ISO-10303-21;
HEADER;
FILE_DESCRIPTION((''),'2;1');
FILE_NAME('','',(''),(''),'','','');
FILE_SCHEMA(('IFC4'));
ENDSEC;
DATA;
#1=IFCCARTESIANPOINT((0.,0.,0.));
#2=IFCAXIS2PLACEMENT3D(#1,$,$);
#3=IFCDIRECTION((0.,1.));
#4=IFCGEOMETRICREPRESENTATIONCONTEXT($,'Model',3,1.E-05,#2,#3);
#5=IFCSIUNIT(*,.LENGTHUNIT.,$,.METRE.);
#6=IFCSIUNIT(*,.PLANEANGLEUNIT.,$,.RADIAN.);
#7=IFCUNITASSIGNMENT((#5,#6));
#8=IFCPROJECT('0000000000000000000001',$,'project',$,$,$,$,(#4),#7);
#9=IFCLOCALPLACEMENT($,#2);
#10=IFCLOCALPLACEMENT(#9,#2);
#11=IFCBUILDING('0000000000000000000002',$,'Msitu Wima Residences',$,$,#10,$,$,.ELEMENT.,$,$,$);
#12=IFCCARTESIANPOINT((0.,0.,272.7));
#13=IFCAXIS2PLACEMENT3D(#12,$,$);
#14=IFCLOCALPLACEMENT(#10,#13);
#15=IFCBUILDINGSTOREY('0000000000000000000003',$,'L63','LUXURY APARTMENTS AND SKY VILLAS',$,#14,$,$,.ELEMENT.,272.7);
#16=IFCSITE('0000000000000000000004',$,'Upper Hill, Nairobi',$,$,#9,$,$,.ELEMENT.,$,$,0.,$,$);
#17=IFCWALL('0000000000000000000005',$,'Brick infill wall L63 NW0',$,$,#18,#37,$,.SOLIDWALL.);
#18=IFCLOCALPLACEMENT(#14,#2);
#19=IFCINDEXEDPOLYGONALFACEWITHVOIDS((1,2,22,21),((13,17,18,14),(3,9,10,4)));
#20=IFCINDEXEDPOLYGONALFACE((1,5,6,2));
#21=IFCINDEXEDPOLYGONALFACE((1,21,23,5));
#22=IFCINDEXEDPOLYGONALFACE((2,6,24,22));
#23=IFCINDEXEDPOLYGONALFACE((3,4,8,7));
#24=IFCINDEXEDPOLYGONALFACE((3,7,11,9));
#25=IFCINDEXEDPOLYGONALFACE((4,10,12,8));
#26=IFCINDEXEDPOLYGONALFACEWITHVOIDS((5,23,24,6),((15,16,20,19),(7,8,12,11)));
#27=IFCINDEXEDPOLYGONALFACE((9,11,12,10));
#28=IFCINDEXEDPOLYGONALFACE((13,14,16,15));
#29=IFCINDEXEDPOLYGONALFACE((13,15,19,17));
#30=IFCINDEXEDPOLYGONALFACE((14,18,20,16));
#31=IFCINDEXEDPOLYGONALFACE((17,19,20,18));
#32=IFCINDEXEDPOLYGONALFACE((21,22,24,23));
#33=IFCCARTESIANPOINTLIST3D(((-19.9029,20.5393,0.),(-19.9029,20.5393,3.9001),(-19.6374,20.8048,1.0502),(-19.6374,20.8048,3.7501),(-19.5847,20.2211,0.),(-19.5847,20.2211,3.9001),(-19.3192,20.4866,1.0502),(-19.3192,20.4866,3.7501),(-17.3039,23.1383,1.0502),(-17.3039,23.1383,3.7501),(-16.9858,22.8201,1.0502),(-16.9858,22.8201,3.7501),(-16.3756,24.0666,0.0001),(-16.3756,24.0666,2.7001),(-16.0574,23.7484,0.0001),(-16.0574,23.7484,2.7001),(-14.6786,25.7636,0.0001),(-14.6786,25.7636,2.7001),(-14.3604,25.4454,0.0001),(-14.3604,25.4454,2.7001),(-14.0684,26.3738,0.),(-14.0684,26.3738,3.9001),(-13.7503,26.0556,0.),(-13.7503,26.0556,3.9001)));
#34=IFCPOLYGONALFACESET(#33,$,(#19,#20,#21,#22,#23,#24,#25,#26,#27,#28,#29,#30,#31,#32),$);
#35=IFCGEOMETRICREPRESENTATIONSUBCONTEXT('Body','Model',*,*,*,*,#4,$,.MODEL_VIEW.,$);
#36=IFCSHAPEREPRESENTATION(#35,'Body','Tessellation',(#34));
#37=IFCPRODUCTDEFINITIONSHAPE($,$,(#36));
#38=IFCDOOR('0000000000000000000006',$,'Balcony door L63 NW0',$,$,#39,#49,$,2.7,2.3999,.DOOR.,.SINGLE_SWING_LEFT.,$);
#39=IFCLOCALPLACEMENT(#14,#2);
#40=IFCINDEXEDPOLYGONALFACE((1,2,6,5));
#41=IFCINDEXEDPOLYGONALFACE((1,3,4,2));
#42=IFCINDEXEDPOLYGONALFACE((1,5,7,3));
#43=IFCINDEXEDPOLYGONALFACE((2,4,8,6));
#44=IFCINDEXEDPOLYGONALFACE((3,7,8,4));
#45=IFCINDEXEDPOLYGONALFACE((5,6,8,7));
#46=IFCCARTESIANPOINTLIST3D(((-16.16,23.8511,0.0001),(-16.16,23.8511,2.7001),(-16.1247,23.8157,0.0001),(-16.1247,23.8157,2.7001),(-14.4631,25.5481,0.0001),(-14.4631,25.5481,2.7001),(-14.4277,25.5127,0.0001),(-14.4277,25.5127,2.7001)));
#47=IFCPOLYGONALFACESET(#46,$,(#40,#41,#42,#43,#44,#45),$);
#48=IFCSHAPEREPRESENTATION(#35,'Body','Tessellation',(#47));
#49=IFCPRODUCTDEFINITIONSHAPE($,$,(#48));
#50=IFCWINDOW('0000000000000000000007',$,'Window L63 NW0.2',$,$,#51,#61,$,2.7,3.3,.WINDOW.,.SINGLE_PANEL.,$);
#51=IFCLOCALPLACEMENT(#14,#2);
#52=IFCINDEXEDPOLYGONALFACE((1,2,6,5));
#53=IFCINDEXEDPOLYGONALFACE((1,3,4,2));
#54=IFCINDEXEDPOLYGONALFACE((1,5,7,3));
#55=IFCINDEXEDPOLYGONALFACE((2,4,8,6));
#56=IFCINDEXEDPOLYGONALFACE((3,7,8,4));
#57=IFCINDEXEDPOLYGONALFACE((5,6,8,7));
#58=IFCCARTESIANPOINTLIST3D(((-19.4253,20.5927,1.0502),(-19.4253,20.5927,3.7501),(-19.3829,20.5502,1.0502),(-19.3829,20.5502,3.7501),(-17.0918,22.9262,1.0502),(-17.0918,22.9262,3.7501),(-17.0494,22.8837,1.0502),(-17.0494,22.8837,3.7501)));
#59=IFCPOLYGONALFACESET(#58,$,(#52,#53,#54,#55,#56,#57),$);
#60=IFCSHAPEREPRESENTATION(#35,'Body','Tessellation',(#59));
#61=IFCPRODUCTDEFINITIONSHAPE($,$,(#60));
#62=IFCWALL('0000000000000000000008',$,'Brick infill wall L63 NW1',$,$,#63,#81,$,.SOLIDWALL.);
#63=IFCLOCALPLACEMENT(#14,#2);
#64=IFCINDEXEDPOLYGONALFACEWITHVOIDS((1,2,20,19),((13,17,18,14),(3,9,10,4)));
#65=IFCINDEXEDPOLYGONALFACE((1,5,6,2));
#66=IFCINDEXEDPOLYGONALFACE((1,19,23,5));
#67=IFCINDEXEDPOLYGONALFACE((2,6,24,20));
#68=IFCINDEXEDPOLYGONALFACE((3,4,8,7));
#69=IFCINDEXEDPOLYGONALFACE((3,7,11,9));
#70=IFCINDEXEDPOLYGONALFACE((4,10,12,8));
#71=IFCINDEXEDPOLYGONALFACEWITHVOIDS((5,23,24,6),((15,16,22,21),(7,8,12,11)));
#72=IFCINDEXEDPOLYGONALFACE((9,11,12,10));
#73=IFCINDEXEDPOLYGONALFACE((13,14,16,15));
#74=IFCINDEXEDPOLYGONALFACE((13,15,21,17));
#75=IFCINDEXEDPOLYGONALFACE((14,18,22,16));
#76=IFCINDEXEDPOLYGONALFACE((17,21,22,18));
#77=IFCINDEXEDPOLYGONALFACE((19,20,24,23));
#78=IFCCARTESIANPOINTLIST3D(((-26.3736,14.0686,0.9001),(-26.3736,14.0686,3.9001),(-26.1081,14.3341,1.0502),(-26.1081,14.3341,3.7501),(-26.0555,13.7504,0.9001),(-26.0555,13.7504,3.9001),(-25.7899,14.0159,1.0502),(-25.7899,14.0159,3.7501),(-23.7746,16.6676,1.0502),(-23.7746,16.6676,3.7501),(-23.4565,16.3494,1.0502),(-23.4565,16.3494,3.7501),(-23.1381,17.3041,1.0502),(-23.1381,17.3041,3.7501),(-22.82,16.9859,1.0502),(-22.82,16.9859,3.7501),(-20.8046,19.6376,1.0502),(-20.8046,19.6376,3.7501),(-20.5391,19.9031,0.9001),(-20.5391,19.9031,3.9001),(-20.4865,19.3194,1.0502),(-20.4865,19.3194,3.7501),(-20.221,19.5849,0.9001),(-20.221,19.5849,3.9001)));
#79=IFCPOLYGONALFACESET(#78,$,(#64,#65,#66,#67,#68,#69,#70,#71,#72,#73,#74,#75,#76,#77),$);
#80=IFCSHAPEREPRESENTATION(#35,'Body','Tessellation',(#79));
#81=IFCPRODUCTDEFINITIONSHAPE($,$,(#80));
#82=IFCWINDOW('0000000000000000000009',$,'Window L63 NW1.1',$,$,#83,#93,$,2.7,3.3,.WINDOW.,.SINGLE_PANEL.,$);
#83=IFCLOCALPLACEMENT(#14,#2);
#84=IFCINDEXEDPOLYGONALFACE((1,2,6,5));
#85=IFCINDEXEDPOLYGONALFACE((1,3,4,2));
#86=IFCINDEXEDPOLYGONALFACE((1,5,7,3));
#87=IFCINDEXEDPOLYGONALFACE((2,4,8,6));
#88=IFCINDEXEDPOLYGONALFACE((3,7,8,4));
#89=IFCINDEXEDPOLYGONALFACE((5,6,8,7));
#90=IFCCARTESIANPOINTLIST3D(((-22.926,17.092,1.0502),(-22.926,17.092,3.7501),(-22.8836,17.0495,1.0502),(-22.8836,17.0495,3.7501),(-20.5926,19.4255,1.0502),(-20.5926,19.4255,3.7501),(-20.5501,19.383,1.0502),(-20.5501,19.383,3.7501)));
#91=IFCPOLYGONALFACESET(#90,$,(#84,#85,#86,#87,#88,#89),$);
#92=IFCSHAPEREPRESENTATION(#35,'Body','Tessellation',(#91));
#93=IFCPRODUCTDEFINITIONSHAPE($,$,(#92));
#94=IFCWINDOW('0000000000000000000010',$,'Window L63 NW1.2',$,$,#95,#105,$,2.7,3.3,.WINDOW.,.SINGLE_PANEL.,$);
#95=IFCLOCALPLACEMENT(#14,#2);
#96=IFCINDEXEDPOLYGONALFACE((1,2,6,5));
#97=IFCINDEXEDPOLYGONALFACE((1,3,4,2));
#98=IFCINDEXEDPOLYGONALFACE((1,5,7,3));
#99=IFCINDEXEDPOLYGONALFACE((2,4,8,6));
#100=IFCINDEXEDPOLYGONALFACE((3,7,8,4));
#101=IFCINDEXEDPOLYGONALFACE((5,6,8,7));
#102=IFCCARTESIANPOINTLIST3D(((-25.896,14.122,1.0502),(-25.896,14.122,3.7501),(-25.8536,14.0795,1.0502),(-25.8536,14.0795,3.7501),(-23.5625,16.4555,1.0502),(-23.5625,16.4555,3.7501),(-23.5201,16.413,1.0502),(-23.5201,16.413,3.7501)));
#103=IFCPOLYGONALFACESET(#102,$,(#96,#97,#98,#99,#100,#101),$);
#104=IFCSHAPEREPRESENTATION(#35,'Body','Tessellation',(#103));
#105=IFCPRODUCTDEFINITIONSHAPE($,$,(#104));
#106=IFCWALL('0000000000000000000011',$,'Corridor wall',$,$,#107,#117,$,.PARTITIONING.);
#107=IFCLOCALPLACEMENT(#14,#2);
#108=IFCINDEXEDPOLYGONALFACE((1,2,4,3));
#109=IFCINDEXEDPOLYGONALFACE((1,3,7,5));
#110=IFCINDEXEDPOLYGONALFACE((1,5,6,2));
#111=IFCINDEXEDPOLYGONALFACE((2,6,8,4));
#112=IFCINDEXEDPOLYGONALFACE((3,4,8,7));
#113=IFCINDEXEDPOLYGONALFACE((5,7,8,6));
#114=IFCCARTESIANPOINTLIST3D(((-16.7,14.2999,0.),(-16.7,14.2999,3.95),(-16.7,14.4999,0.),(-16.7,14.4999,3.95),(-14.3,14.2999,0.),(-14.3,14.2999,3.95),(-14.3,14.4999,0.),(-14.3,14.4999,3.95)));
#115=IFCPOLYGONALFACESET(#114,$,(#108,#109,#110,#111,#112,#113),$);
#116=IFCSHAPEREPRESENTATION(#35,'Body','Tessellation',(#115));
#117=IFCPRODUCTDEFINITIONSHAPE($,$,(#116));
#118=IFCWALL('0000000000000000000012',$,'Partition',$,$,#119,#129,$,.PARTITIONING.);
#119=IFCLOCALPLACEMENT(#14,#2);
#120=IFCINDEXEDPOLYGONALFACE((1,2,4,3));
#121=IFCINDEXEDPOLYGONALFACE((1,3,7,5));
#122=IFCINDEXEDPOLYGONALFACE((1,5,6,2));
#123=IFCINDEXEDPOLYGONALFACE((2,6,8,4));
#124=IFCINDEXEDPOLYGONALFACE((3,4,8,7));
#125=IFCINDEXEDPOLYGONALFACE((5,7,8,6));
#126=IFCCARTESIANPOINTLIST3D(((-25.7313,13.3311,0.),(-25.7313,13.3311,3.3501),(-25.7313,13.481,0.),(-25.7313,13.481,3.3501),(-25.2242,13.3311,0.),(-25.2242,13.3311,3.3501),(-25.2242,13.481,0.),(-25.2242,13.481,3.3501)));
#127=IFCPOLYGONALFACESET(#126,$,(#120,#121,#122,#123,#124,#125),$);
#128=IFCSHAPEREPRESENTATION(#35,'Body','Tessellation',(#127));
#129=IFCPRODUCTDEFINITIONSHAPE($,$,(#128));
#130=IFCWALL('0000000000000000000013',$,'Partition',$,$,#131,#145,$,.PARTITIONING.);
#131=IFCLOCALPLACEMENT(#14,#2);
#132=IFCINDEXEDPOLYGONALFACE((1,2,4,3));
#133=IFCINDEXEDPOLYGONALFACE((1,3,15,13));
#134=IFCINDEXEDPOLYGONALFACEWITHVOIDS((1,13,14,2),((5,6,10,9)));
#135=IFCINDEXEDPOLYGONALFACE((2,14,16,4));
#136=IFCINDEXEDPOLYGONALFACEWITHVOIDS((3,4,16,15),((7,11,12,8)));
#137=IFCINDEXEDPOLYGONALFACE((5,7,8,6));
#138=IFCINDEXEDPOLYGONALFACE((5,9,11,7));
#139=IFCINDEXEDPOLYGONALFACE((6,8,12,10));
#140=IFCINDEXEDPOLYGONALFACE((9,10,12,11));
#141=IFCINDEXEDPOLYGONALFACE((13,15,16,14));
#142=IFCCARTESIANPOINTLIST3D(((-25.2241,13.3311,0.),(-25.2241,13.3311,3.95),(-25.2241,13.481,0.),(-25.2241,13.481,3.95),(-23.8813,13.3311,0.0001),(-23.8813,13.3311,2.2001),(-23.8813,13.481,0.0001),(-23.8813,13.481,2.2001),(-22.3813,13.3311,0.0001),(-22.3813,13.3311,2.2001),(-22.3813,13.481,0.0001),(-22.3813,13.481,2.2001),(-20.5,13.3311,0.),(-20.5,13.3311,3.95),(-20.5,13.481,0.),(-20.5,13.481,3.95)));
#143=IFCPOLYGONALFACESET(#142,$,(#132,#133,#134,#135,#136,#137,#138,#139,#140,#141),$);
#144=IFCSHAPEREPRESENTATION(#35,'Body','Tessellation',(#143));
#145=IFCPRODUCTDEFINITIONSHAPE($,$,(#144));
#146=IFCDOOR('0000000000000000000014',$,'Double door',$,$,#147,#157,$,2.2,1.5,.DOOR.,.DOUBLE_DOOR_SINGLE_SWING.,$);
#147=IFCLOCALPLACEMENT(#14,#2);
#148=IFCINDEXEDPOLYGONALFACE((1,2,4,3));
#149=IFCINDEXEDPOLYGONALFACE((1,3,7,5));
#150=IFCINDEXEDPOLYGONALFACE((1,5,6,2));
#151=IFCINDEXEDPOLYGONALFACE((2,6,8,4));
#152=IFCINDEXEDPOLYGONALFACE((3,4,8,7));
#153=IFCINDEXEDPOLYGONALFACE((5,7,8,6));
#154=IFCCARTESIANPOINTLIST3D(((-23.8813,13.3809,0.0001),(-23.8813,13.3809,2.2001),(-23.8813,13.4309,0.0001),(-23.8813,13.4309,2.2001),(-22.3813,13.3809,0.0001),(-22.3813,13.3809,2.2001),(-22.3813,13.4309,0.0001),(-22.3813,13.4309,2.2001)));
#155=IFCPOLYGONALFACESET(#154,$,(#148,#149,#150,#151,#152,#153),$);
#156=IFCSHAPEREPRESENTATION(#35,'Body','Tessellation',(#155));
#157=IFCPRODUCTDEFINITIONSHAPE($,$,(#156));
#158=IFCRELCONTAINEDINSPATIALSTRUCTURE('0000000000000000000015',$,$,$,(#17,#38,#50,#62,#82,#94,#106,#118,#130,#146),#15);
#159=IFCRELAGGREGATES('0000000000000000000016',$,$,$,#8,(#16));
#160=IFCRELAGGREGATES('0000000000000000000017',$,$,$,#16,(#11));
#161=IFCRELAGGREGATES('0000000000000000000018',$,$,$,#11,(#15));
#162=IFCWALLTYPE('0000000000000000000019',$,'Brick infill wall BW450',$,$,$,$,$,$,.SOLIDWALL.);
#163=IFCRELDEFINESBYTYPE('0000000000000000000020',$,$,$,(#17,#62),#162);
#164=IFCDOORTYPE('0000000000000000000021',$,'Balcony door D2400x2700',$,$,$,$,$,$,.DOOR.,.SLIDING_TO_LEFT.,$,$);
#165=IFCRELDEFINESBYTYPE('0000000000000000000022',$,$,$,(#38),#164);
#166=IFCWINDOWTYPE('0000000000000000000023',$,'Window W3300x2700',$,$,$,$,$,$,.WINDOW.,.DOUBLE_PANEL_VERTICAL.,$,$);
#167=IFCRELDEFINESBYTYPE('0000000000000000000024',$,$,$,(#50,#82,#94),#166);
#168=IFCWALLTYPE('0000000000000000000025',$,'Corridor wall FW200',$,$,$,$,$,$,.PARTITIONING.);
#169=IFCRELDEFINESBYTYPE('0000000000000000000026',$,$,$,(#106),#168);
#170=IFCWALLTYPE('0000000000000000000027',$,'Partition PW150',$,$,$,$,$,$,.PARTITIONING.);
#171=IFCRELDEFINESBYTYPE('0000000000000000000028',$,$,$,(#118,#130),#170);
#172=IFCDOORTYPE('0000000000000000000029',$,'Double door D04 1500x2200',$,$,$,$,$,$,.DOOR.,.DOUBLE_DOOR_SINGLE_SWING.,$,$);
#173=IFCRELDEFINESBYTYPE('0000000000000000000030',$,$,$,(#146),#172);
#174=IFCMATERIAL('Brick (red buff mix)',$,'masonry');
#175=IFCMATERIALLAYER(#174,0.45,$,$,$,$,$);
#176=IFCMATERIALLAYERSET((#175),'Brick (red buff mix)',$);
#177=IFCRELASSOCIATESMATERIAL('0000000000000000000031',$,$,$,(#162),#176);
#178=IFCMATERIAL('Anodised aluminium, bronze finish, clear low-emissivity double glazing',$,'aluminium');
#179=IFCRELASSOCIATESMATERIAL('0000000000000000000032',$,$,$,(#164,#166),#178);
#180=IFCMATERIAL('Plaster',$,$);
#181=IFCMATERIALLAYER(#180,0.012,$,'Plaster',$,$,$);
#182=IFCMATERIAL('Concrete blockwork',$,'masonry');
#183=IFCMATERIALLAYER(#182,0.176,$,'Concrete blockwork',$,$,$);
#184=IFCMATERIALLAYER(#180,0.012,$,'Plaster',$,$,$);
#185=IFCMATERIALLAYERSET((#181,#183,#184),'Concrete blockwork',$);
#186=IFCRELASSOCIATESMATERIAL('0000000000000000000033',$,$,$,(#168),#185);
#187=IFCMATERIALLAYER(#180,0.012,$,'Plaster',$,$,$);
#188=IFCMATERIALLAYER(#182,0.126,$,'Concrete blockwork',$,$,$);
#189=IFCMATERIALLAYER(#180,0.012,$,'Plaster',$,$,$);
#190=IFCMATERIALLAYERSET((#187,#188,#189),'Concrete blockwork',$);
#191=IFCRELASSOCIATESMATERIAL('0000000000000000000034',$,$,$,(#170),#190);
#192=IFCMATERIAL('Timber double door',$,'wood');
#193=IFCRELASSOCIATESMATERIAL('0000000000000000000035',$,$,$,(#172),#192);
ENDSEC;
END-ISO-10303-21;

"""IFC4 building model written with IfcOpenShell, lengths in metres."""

from ifc_helpers import new_model, si_unit, direction, frame, frame_2d, origin, place, context, subcontext, project, spatial, rectangle, extrude, material, layer, layer_set, type_object, element, fill, save


model = new_model("IFC4")

# Units and contexts
model_context = context("Model", 3, precision=1e-05, world=origin(), true_north=direction((0.0, 1.0)))
body_context = subcontext(model_context, "Body", "Model", "MODEL_VIEW")
ifc_project = project(units=[si_unit("LENGTHUNIT", "METRE"), si_unit("PLANEANGLEUNIT", "RADIAN")], contexts=[model_context])

# Site, building, storey
site_placement = place(None, origin())
site = spatial("IfcSite", under=ifc_project, at=site_placement, Name="Upper Hill, Nairobi", CompositionType="ELEMENT", RefElevation=0.0)
building_placement = place(site_placement, origin())
building = spatial("IfcBuilding", under=site, at=building_placement, Name="Msitu Wima Residences", CompositionType="ELEMENT")
storey_placement = place(building_placement, frame((0.0, 0.0, 272.7)))
storey = spatial("IfcBuildingStorey", under=building, at=storey_placement, Name="L63", Description="LUXURY APARTMENTS AND SKY VILLAS", CompositionType="ELEMENT", Elevation=272.7)

# Wall, openings, door, window
ifc_material_1 = material(Name="Brick (red buff mix)", Category="masonry")
ifc_layer_1 = layer(ifc_material_1, 0.45)
ifc_layer_set_1 = layer_set([ifc_layer_1], Name="Brick (red buff mix)")
wall_type_1 = type_object("IfcWallType", Name="Brick infill wall BW450", PredefinedType="SOLIDWALL", material=ifc_layer_set_1)
wall_1_placement = place(storey_placement, frame((-13.9094, 26.2146, 0.0), z_axis=(0.0, 0.0, 1.0), x_axis=(-0.707107, -0.707107, 0.0)))
wall_1 = element("IfcWall", 1, at=wall_1_placement, inside=storey, type_object=wall_type_1, Name="Brick infill wall L63 NW0", PredefinedType="SOLIDWALL", context=body_context, shape_type="SweptSolid", body=[
    extrude(rectangle(XDim=8.2512, YDim=0.45, at=frame_2d((4.1255, 0.0))), origin(), (0.0, 0.0, 1.0), 3.9001),
])
opening_1_placement = place(wall_1_placement, frame((0.8628, 0.0, 0.0)))
opening_1 = element("IfcOpeningElement", 2, at=opening_1_placement, cuts=wall_1, PredefinedType="OPENING", context=body_context, shape_type="SweptSolid", body=[
    extrude(rectangle(XDim=2.3999, YDim=2.7, at=frame_2d((1.2, 1.3501))), frame((0.0, 0.2349, 0.0), z_axis=(0.0, -1.0, 0.0), x_axis=(1.0, 0.0, 0.0)), (0.0, 0.0, 1.0), 0.47),
])
opening_2_placement = place(wall_1_placement, frame((4.5757, 0.0, 1.05)))
opening_2 = element("IfcOpeningElement", 3, at=opening_2_placement, cuts=wall_1, PredefinedType="OPENING", context=body_context, shape_type="SweptSolid", body=[
    extrude(rectangle(XDim=3.3, YDim=2.7, at=frame_2d((1.6499, 1.3501))), frame((0.0, 0.2349, 0.0), z_axis=(0.0, -1.0, 0.0), x_axis=(1.0, 0.0, 0.0)), (0.0, 0.0, 1.0), 0.47),
])
ifc_material_2 = material(Name="Anodised aluminium, bronze finish, clear low-emissivity double glazing", Category="aluminium")
door_type_1 = type_object("IfcDoorType", Name="Balcony door D2400x2700", OperationType="SLIDING_TO_LEFT", PredefinedType="DOOR", material=ifc_material_2)
door_1_placement = place(opening_1_placement, origin())
door_1 = element("IfcDoor", 4, at=door_1_placement, inside=storey, type_object=door_type_1, Name="Balcony door L63 NW0", OperationType="SINGLE_SWING_LEFT", OverallHeight=2.7, OverallWidth=2.3999, PredefinedType="DOOR", context=body_context, shape_type="SweptSolid", body=[
    extrude(rectangle(XDim=2.3999, YDim=2.7, at=frame_2d((1.2, 1.3501))), frame((0.0, 0.1299, 0.0), z_axis=(0.0, -1.0, 0.0), x_axis=(1.0, 0.0, 0.0)), (0.0, 0.0, 1.0), 0.05),
])
fill(opening_1, door_1)
window_type = type_object("IfcWindowType", Name="Window W3300x2700", PartitioningType="DOUBLE_PANEL_VERTICAL", PredefinedType="WINDOW", material=ifc_material_2)
window_1_placement = place(opening_2_placement, origin())
window_1 = element("IfcWindow", 5, at=window_1_placement, inside=storey, type_object=window_type, Name="Window L63 NW0.2", OverallHeight=2.7, OverallWidth=3.3, PartitioningType="SINGLE_PANEL", PredefinedType="WINDOW", context=body_context, shape_type="SweptSolid", body=[
    extrude(rectangle(XDim=3.3, YDim=2.7, at=frame_2d((1.6499, 1.3501))), frame((0.0, 0.135, 0.0), z_axis=(0.0, -1.0, 0.0), x_axis=(1.0, 0.0, 0.0)), (0.0, 0.0, 1.0), 0.0601),
])
fill(opening_2, window_1)

# Wall, openings, windows
wall_2_placement = place(storey_placement, frame((-20.3801, 19.7439, 0.9001), z_axis=(0.0, 0.0, 1.0), x_axis=(-0.707107, -0.707107, 0.0)))
wall_2 = element("IfcWall", 6, at=wall_2_placement, inside=storey, type_object=wall_type_1, Name="Brick infill wall L63 NW1", PredefinedType="SOLIDWALL", context=body_context, shape_type="SweptSolid", body=[
    extrude(rectangle(XDim=8.2512, YDim=0.45, at=frame_2d((4.1255, 0.0))), origin(), (0.0, 0.0, 1.0), 3.0),
])
opening_3_placement = place(wall_2_placement, frame((0.3755, 0.0, 0.1499)))
opening_3 = element("IfcOpeningElement", 7, at=opening_3_placement, cuts=wall_2, PredefinedType="OPENING", context=body_context, shape_type="SweptSolid", body=[
    extrude(rectangle(XDim=3.3, YDim=2.7, at=frame_2d((1.6499, 1.3501))), frame((0.0, 0.2349, 0.0), z_axis=(0.0, -1.0, 0.0), x_axis=(1.0, 0.0, 0.0)), (0.0, 0.0, 1.0), 0.47),
])
opening_4_placement = place(wall_2_placement, frame((4.5757, 0.0, 0.1499)))
opening_4 = element("IfcOpeningElement", 8, at=opening_4_placement, cuts=wall_2, PredefinedType="OPENING", context=body_context, shape_type="SweptSolid", body=[
    extrude(rectangle(XDim=3.3, YDim=2.7, at=frame_2d((1.6499, 1.3501))), frame((0.0, 0.2349, 0.0), z_axis=(0.0, -1.0, 0.0), x_axis=(1.0, 0.0, 0.0)), (0.0, 0.0, 1.0), 0.47),
])
window_2_placement = place(opening_3_placement, origin())
window_2 = element("IfcWindow", 9, at=window_2_placement, inside=storey, type_object=window_type, Name="Window L63 NW1.1", OverallHeight=2.7, OverallWidth=3.3, PartitioningType="SINGLE_PANEL", PredefinedType="WINDOW", context=body_context, shape_type="SweptSolid", body=[
    extrude(rectangle(XDim=3.3, YDim=2.7, at=frame_2d((1.6499, 1.3501))), frame((0.0, 0.135, 0.0), z_axis=(0.0, -1.0, 0.0), x_axis=(1.0, 0.0, 0.0)), (0.0, 0.0, 1.0), 0.0601),
])
fill(opening_3, window_2)
window_3_placement = place(opening_4_placement, origin())
window_3 = element("IfcWindow", 10, at=window_3_placement, inside=storey, type_object=window_type, Name="Window L63 NW1.2", OverallHeight=2.7, OverallWidth=3.3, PartitioningType="SINGLE_PANEL", PredefinedType="WINDOW", context=body_context, shape_type="SweptSolid", body=[
    extrude(rectangle(XDim=3.3, YDim=2.7, at=frame_2d((1.6499, 1.3501))), frame((0.0, 0.135, 0.0), z_axis=(0.0, -1.0, 0.0), x_axis=(1.0, 0.0, 0.0)), (0.0, 0.0, 1.0), 0.0601),
])
fill(opening_4, window_3)

# Walls
ifc_material_3 = material(Name="Plaster")
ifc_layer_2 = layer(ifc_material_3, 0.012, Name="Plaster")
ifc_material_4 = material(Name="Concrete blockwork", Category="masonry")
ifc_layer_3 = layer(ifc_material_4, 0.176, Name="Concrete blockwork")
ifc_layer_4 = layer(ifc_material_3, 0.012, Name="Plaster")
ifc_layer_set_2 = layer_set([ifc_layer_2, ifc_layer_3, ifc_layer_4], Name="Concrete blockwork")
wall_type_2 = type_object("IfcWallType", Name="Corridor wall FW200", PredefinedType="PARTITIONING", material=ifc_layer_set_2)
wall_3_placement = place(storey_placement, frame((-16.7, 14.3999, 0.0), z_axis=(0.0, 0.0, 1.0), x_axis=(1.0, 0.0, 0.0)))
element("IfcWall", 11, at=wall_3_placement, inside=storey, type_object=wall_type_2, Name="Corridor wall", PredefinedType="PARTITIONING", context=body_context, shape_type="SweptSolid", body=[
    extrude(rectangle(XDim=2.3999, YDim=0.2, at=frame_2d((1.2, 0.0))), origin(), (0.0, 0.0, 1.0), 3.95),
])
ifc_layer_5 = layer(ifc_material_3, 0.012, Name="Plaster")
ifc_layer_6 = layer(ifc_material_4, 0.126, Name="Concrete blockwork")
ifc_layer_7 = layer(ifc_material_3, 0.012, Name="Plaster")
ifc_layer_set_3 = layer_set([ifc_layer_5, ifc_layer_6, ifc_layer_7], Name="Concrete blockwork")
wall_type_3 = type_object("IfcWallType", Name="Partition PW150", PredefinedType="PARTITIONING", material=ifc_layer_set_3)
wall_4_placement = place(storey_placement, frame((-25.7312, 13.406, 0.0), z_axis=(0.0, 0.0, 1.0), x_axis=(1.0, 0.0, 0.0)))
element("IfcWall", 12, at=wall_4_placement, inside=storey, type_object=wall_type_3, Name="Partition", PredefinedType="PARTITIONING", context=body_context, shape_type="SweptSolid", body=[
    extrude(rectangle(XDim=0.5071, YDim=0.1499, at=frame_2d((0.2534, 0.0))), origin(), (0.0, 0.0, 1.0), 3.3501),
])

# Wall, opening, door
wall_5_placement = place(storey_placement, frame((-25.2241, 13.406, 0.0), z_axis=(0.0, 0.0, 1.0), x_axis=(1.0, 0.0, 0.0)))
wall_5 = element("IfcWall", 13, at=wall_5_placement, inside=storey, type_object=wall_type_3, Name="Partition", PredefinedType="PARTITIONING", context=body_context, shape_type="SweptSolid", body=[
    extrude(rectangle(XDim=4.7241, YDim=0.1499, at=frame_2d((2.3621, 0.0))), origin(), (0.0, 0.0, 1.0), 3.95),
])
opening_5_placement = place(wall_5_placement, frame((1.3428, 0.0, 0.0)))
opening_5 = element("IfcOpeningElement", 14, at=opening_5_placement, cuts=wall_5, PredefinedType="OPENING", context=body_context, shape_type="SweptSolid", body=[
    extrude(rectangle(XDim=1.5, YDim=2.2, at=frame_2d((0.75, 1.1001))), frame((0.0, 0.085, 0.0), z_axis=(0.0, -1.0, 0.0), x_axis=(1.0, 0.0, 0.0)), (0.0, 0.0, 1.0), 0.1699),
])
ifc_material_5 = material(Name="Timber double door", Category="wood")
door_type_2 = type_object("IfcDoorType", Name="Double door D04 1500x2200", OperationType="DOUBLE_DOOR_SINGLE_SWING", PredefinedType="DOOR", material=ifc_material_5)
door_2_placement = place(opening_5_placement, origin())
door_2 = element("IfcDoor", 15, at=door_2_placement, inside=storey, type_object=door_type_2, Name="Double door", OperationType="DOUBLE_DOOR_SINGLE_SWING", OverallHeight=2.2, OverallWidth=1.5, PredefinedType="DOOR", context=body_context, shape_type="SweptSolid", body=[
    extrude(rectangle(XDim=1.5, YDim=2.2, at=frame_2d((0.75, 1.1001))), frame((0.0, 0.0249, 0.0), z_axis=(0.0, -1.0, 0.0), x_axis=(1.0, 0.0, 0.0)), (0.0, 0.0, 1.0), 0.05),
])
fill(opening_5, door_2)

save(model, "model.ifc")
